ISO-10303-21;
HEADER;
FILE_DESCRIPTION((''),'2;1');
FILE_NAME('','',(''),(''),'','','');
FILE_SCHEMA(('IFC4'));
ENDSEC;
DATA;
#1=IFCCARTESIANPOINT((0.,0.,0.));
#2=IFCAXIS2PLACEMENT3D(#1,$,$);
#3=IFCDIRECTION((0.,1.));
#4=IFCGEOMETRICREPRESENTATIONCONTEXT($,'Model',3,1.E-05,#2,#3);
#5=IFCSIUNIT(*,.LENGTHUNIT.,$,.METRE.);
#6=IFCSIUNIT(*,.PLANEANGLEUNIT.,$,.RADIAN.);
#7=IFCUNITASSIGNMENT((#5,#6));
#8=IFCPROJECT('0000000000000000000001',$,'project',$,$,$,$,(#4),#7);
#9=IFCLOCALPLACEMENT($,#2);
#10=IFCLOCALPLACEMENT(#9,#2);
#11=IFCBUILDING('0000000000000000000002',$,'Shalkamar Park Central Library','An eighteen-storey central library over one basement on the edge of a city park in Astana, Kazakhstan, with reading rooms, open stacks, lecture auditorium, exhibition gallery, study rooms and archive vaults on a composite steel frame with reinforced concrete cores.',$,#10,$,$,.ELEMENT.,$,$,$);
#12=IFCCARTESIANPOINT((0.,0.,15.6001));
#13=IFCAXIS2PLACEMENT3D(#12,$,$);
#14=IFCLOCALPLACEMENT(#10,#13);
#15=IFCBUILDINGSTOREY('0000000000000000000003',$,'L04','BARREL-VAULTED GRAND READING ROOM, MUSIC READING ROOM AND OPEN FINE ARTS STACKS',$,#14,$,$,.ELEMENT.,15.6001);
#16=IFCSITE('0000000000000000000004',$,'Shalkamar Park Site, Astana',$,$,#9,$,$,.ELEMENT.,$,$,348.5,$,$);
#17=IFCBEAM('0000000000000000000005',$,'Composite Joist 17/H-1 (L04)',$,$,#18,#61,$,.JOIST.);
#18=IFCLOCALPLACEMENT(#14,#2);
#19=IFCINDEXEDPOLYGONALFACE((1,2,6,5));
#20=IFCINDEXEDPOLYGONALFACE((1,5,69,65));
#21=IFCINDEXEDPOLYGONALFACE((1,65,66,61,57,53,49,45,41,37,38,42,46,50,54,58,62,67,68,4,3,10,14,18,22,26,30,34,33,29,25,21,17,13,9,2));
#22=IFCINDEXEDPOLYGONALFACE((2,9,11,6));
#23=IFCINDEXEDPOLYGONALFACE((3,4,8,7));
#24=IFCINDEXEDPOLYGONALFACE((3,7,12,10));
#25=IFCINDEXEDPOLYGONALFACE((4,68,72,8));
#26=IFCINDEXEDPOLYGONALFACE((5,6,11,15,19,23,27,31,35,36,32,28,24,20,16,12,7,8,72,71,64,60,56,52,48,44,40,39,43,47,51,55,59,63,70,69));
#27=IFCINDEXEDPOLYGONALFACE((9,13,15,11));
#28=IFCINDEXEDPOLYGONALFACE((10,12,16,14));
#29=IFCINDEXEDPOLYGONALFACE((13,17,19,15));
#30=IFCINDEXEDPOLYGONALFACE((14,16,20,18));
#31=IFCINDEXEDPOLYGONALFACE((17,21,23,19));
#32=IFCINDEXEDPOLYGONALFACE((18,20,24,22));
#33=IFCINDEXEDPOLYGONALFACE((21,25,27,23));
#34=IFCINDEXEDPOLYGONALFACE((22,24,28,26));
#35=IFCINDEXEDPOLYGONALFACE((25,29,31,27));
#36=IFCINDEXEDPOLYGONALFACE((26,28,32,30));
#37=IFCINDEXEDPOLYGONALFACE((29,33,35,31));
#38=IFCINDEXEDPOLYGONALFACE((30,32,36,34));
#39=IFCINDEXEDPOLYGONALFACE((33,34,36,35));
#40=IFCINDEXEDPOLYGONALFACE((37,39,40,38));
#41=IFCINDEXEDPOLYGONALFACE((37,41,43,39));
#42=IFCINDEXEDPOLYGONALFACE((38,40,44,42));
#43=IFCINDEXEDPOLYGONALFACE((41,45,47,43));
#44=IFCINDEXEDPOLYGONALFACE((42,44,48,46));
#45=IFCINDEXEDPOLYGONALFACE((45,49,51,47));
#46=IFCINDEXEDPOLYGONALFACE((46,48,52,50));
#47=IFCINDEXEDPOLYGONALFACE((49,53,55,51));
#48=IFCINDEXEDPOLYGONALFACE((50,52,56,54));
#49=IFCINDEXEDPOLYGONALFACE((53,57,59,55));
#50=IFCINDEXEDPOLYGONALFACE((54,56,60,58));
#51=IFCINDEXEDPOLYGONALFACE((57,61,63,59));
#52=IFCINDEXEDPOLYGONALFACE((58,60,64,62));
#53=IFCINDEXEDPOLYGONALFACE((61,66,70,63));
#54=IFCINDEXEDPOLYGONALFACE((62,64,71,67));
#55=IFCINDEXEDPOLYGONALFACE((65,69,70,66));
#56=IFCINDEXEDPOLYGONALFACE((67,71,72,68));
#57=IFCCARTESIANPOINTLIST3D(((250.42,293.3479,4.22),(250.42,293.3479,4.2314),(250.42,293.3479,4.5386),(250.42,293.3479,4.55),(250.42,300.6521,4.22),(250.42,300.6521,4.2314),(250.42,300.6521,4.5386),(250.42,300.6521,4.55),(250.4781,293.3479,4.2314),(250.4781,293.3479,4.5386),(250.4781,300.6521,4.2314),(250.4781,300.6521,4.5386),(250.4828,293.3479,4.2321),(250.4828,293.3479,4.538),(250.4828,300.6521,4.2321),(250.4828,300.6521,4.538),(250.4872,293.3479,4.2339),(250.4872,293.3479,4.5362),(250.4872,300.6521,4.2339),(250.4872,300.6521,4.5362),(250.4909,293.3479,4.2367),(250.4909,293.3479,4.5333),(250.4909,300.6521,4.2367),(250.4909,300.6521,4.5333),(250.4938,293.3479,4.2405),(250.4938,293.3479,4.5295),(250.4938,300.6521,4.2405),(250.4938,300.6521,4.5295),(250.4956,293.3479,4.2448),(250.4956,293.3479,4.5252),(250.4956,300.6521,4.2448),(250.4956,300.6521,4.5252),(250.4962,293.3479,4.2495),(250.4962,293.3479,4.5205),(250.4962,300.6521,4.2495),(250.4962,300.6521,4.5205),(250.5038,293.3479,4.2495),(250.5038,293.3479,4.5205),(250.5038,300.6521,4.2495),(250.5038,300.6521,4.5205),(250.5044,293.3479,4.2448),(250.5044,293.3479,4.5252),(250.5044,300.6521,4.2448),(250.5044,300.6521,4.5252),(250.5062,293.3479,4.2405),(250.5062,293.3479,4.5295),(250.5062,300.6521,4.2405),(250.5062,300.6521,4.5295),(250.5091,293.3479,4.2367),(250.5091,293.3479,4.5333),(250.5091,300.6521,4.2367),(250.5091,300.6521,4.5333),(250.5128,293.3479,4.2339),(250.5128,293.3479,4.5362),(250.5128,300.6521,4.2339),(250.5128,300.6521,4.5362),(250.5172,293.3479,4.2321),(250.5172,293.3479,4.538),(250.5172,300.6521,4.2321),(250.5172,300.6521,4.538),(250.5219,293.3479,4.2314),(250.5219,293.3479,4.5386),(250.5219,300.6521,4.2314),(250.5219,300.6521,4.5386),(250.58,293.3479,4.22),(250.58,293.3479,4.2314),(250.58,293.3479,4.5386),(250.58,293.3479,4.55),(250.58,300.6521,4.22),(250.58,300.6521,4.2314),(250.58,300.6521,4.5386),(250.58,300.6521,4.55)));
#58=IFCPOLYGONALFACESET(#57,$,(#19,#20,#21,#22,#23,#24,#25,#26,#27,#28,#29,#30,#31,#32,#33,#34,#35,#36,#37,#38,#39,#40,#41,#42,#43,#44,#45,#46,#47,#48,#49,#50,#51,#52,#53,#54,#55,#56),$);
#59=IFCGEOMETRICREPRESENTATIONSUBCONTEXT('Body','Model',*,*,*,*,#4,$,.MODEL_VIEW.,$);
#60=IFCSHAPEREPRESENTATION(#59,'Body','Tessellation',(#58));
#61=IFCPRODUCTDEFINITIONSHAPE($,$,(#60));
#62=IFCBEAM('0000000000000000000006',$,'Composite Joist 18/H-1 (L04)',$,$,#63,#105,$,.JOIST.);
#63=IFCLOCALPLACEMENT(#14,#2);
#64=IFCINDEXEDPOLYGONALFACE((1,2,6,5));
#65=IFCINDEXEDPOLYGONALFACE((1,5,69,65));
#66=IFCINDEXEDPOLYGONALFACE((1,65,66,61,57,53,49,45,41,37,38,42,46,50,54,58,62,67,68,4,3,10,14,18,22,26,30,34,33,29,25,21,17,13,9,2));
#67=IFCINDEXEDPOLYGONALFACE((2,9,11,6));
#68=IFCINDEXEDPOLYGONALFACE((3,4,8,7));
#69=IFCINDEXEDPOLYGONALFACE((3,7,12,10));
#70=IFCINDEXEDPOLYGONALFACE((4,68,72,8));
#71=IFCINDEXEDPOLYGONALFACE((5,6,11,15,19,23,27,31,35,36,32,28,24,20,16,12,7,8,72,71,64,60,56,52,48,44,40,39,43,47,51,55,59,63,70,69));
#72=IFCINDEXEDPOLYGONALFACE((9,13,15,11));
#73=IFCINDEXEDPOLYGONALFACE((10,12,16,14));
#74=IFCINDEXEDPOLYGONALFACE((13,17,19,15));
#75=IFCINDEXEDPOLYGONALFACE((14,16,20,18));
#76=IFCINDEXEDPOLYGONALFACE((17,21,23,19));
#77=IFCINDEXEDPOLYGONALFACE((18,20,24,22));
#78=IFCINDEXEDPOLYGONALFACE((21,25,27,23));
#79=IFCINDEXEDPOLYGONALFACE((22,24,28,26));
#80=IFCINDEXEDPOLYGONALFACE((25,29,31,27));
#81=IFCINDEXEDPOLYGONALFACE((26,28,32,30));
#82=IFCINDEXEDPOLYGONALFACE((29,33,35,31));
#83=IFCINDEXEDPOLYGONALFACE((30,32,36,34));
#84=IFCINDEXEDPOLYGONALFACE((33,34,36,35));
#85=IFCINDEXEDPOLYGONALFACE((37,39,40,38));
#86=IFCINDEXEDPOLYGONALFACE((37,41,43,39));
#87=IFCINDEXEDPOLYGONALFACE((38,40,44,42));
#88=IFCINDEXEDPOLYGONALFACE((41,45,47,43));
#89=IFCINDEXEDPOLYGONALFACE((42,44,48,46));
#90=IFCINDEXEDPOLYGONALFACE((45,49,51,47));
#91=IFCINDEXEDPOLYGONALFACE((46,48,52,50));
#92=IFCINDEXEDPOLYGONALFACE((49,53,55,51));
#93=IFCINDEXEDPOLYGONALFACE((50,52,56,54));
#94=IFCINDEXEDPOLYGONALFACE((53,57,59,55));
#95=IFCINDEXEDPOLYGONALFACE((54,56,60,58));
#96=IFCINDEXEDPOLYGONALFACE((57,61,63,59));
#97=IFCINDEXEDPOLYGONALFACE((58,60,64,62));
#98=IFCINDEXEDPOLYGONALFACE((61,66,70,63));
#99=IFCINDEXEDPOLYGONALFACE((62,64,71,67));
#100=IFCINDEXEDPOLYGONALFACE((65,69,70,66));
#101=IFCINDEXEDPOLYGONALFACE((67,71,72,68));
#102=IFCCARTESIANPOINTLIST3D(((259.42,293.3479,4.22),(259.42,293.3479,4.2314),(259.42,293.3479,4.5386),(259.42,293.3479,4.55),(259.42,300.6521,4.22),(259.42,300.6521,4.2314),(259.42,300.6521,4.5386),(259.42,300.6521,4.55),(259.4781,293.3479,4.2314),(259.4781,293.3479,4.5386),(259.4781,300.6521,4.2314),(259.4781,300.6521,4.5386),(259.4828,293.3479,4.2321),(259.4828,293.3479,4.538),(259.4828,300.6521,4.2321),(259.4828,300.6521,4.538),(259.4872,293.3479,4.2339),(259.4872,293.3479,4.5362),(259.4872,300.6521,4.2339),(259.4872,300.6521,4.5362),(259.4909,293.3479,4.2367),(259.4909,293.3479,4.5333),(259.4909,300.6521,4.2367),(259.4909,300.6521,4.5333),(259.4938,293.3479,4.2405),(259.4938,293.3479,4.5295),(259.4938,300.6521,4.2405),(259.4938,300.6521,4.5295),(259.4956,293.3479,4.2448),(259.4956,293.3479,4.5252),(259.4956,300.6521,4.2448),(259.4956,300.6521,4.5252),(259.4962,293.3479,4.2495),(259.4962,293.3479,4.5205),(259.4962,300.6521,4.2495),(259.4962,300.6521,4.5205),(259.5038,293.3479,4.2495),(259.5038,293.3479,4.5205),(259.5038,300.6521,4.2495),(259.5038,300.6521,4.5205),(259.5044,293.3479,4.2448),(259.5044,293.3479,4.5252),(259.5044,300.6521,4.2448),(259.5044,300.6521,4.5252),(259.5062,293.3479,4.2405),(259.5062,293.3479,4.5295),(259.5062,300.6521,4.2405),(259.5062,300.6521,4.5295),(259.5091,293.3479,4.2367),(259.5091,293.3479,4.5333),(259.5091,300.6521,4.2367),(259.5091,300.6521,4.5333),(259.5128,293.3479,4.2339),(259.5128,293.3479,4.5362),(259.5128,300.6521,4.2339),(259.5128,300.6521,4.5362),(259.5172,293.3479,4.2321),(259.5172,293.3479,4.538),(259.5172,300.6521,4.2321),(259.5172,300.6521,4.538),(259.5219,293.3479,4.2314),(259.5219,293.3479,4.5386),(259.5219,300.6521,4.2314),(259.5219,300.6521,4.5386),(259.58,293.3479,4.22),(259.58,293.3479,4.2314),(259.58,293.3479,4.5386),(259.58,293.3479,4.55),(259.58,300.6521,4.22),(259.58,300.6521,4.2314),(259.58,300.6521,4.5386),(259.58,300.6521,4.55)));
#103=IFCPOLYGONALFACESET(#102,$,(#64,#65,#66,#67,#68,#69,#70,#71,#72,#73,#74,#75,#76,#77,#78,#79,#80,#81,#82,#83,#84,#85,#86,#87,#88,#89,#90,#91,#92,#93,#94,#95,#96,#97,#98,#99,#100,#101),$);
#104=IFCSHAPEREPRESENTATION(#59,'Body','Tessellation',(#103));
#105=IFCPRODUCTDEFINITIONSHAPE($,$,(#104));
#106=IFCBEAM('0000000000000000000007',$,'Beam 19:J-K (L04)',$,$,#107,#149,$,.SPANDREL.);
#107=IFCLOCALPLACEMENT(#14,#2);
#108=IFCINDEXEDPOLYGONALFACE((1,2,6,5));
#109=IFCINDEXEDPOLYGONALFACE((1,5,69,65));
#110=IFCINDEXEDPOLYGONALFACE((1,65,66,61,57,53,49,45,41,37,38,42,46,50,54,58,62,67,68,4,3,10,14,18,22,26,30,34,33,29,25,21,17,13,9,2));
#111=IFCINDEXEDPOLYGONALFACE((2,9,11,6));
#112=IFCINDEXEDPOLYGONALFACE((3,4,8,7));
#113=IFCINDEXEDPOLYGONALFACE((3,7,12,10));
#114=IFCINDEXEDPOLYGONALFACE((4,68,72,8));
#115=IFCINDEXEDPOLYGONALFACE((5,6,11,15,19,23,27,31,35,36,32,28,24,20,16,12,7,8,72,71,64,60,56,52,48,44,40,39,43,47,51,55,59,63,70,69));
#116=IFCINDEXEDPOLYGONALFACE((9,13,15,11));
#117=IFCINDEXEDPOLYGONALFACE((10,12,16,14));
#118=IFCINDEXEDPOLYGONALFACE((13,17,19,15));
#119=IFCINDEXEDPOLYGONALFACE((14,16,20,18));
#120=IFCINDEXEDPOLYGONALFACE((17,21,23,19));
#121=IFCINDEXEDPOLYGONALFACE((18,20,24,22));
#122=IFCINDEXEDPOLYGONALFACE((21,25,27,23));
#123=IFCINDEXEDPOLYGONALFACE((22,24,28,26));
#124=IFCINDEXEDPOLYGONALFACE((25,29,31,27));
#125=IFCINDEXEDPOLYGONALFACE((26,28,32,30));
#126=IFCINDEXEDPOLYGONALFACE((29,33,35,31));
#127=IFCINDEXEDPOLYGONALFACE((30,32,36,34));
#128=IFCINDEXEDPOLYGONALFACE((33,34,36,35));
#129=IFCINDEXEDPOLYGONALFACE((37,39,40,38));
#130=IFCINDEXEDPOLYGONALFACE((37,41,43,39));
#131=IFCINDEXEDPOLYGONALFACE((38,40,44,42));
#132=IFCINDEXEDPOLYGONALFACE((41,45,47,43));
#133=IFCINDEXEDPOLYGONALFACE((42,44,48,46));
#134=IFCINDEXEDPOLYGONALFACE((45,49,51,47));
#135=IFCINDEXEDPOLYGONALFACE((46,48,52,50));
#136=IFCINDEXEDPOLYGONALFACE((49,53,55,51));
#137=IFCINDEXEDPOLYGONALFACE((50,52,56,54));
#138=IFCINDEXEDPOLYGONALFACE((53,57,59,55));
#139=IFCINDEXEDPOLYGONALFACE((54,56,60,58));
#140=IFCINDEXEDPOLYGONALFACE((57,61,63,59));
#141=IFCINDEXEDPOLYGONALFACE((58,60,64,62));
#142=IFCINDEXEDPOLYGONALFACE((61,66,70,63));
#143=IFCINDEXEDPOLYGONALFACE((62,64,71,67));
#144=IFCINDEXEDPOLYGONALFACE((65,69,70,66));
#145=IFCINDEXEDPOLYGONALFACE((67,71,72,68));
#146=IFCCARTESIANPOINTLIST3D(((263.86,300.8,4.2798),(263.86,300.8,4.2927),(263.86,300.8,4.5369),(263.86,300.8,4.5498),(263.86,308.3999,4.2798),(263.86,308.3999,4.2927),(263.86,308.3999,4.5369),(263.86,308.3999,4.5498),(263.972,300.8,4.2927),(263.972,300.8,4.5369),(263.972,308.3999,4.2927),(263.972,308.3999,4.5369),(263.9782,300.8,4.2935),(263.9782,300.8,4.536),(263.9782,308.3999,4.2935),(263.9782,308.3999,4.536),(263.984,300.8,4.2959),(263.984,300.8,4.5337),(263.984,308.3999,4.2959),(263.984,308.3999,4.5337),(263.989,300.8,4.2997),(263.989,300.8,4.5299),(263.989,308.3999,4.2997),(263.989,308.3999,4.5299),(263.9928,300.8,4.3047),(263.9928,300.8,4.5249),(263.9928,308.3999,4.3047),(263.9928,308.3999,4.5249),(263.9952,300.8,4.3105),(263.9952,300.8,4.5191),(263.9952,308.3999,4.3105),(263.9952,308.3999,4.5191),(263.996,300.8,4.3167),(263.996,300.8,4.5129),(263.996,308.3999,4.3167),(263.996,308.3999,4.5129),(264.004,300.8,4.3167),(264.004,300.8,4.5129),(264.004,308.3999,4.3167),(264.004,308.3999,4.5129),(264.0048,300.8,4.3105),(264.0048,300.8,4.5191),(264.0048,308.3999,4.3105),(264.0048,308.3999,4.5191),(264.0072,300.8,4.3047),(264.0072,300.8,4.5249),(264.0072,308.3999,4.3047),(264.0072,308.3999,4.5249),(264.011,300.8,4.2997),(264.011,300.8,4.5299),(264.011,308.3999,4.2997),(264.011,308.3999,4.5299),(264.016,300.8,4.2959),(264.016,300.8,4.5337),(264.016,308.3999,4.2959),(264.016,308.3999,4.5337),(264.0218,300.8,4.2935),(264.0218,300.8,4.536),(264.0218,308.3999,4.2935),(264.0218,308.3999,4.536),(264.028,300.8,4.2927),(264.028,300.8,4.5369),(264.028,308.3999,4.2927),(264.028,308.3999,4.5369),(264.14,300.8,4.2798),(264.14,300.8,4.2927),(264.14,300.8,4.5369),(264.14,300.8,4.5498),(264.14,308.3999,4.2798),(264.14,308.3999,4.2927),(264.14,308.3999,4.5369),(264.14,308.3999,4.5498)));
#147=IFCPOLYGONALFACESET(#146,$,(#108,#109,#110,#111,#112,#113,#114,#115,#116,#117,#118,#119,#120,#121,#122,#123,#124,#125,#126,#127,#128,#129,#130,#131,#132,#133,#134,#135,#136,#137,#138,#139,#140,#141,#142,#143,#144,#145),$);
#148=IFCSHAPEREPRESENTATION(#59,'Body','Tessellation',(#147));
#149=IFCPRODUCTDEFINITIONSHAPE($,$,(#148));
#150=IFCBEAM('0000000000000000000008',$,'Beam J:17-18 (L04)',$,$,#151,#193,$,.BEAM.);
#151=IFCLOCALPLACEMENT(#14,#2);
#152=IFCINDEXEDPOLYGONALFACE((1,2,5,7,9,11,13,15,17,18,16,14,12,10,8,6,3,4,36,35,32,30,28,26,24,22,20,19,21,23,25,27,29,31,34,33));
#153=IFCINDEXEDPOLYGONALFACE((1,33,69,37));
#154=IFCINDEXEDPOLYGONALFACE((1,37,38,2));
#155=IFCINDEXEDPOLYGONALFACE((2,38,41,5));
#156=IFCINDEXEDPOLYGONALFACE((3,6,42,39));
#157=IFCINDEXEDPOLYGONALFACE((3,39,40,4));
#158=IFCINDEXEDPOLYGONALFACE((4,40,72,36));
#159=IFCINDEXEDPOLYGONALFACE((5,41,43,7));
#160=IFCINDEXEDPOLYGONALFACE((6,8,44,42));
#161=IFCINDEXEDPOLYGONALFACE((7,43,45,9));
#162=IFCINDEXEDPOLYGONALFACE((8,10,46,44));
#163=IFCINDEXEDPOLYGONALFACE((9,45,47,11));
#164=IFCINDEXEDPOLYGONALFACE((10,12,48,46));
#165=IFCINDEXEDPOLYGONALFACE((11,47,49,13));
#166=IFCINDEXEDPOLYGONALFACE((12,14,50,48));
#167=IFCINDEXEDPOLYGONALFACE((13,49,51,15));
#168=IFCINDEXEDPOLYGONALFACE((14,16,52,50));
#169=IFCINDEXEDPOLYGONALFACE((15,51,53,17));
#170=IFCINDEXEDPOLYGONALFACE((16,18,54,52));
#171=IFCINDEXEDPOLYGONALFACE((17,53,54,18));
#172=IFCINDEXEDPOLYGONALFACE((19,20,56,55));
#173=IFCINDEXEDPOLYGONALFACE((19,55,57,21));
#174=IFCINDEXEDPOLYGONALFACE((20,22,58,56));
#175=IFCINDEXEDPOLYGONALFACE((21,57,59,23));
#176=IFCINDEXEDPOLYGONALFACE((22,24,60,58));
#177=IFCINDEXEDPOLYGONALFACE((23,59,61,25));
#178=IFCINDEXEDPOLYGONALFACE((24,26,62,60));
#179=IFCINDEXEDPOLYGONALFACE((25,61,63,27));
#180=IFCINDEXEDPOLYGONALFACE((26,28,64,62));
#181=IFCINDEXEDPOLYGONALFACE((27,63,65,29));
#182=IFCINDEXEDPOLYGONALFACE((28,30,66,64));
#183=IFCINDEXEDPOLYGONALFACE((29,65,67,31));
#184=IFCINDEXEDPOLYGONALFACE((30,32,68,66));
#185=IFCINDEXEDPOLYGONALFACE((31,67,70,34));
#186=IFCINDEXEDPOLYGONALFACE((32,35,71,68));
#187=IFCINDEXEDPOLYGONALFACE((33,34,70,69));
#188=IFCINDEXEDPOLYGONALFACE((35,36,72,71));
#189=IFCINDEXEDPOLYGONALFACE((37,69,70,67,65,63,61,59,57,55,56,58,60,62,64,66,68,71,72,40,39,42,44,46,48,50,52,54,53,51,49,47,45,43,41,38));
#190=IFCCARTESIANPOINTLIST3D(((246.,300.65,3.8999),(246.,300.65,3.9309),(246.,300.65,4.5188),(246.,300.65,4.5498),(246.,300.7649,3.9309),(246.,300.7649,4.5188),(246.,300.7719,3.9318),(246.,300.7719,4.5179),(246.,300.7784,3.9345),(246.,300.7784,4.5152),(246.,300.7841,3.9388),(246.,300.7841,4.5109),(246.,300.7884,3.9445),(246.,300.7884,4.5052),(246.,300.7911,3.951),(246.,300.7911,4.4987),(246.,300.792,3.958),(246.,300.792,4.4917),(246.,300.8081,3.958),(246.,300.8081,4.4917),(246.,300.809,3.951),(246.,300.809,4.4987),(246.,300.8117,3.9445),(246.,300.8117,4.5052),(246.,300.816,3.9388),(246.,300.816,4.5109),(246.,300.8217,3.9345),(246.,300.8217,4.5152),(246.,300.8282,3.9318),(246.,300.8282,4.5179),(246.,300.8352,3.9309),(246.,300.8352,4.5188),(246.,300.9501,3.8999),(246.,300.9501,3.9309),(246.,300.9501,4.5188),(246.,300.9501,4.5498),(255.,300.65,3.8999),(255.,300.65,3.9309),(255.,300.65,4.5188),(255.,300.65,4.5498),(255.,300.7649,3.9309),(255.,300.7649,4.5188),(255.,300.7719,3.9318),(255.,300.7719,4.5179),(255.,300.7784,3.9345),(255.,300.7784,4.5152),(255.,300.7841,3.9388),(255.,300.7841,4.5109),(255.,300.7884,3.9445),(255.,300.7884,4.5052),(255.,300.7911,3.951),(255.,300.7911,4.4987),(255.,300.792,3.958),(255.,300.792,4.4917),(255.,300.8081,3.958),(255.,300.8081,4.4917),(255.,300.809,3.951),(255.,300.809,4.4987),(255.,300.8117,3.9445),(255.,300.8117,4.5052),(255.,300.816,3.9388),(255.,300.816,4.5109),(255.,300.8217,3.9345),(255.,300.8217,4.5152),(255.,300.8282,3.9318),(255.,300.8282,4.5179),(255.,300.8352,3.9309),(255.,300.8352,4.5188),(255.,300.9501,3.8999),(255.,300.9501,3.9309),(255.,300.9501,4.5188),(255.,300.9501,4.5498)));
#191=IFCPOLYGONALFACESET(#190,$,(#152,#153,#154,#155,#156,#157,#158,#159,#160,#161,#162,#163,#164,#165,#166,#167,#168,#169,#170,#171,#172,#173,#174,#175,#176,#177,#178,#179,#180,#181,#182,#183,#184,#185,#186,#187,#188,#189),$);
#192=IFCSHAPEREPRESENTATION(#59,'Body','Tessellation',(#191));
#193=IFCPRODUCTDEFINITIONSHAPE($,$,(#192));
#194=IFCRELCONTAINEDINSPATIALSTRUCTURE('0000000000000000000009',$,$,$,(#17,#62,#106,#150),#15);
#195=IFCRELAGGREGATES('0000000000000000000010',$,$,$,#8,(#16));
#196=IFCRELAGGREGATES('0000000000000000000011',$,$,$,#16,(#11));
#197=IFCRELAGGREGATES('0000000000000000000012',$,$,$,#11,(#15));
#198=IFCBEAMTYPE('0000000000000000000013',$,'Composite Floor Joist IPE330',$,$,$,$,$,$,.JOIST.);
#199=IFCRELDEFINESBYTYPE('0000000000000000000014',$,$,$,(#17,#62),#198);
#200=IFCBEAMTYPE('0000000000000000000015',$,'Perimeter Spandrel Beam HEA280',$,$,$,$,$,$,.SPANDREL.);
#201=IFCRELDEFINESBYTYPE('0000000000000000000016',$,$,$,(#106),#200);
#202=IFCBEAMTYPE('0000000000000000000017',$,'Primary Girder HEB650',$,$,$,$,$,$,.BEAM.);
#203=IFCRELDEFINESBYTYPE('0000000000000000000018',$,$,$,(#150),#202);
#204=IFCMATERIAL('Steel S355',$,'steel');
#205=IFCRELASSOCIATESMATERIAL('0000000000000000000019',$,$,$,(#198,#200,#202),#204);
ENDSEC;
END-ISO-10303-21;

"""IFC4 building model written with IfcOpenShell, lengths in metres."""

from ifc_helpers import new_model, si_unit, direction, frame, origin, origin_2d, place, context, subcontext, project, spatial, i_section, extrude, material, material_profile, profile_set, type_object, element, save


model = new_model("IFC4")

# Units and contexts
model_context = context("Model", 3, precision=1e-05, world=origin(), true_north=direction((0.0, 1.0)))
body_context = subcontext(model_context, "Body", "Model", "MODEL_VIEW")
ifc_project = project(units=[si_unit("LENGTHUNIT", "METRE"), si_unit("PLANEANGLEUNIT", "RADIAN")], contexts=[model_context])

# Site, building, storey
site_placement = place(None, origin())
site = spatial("IfcSite", under=ifc_project, at=site_placement, Name="Shalkamar Park Site, Astana", CompositionType="ELEMENT", RefElevation=348.5)
building_placement = place(site_placement, origin())
building = spatial("IfcBuilding", under=site, at=building_placement, Name="Shalkamar Park Central Library", Description="An eighteen-storey central library over one basement on the edge of a city park in Astana, Kazakhstan, with reading rooms, open stacks, lecture auditorium, exhibition gallery, study rooms and archive vaults on a composite steel frame with reinforced concrete cores.", CompositionType="ELEMENT")
storey_placement = place(building_placement, frame((0.0, 0.0, 15.6001)))
storey = spatial("IfcBuildingStorey", under=building, at=storey_placement, Name="L04", Description="BARREL-VAULTED GRAND READING ROOM, MUSIC READING ROOM AND OPEN FINE ARTS STACKS", CompositionType="ELEMENT", Elevation=15.6001)

# Shared definitions
ifc_material_1 = material(Name="Steel S355", Category="steel")

# Beams
ifc_material_profile_1 = material_profile(ifc_material_1, i_section(OverallWidth=0.1599, OverallDepth=0.3301, WebThickness=0.0076, FlangeThickness=0.0115, FilletRadius=0.0181, at=origin_2d()), Name="IPE 330")
ifc_profile_set_1 = profile_set([ifc_material_profile_1], Name="Steel S355")
beam_type_1 = type_object("IfcBeamType", Name="Composite Floor Joist IPE330", PredefinedType="JOIST", material=ifc_profile_set_1)
for number, where, z_axis, x_axis, name in (
    (1, (250.5, 293.3479, 4.385), (0.0, 1.0, 0.0), (-1.0, 0.0, 0.0), "Composite Joist 17/H-1 (L04)"),
    (2, (259.5, 293.3479, 4.385), (0.0, 1.0, 0.0), (-1.0, 0.0, 0.0), "Composite Joist 18/H-1 (L04)"),
):
    element("IfcBeam", number, at=place(storey_placement, frame(where, z_axis=z_axis, x_axis=x_axis)), inside=storey, type_object=beam_type_1, Name=name, PredefinedType="JOIST", context=body_context, shape_type="SweptSolid", body=[
        extrude(i_section(OverallWidth=0.1599, OverallDepth=0.3301, WebThickness=0.0076, FlangeThickness=0.0115, FilletRadius=0.0181, at=origin_2d()), origin(), (0.0, 0.0, 1.0), 7.3042),
    ])
ifc_material_profile_2 = material_profile(ifc_material_1, i_section(OverallWidth=0.28, OverallDepth=0.27, WebThickness=0.0081, FlangeThickness=0.0129, FilletRadius=0.0239, at=origin_2d()), Name="HEA 280")
ifc_profile_set_2 = profile_set([ifc_material_profile_2], Name="Steel S355")
beam_type_2 = type_object("IfcBeamType", Name="Perimeter Spandrel Beam HEA280", PredefinedType="SPANDREL", material=ifc_profile_set_2)
beam_1_placement = place(storey_placement, frame((264.0, 300.8, 4.4148), z_axis=(0.0, 1.0, 0.0), x_axis=(-1.0, 0.0, 0.0)))
element("IfcBeam", 3, at=beam_1_placement, inside=storey, type_object=beam_type_2, Name="Beam 19:J-K (L04)", PredefinedType="SPANDREL", context=body_context, shape_type="SweptSolid", body=[
    extrude(i_section(OverallWidth=0.28, OverallDepth=0.27, WebThickness=0.0081, FlangeThickness=0.0129, FilletRadius=0.0239, at=origin_2d()), origin(), (0.0, 0.0, 1.0), 7.5999),
])
ifc_material_profile_3 = material_profile(ifc_material_1, i_section(OverallWidth=0.3, OverallDepth=0.6499, WebThickness=0.0161, FlangeThickness=0.031, FilletRadius=0.0271, at=origin_2d()), Name="HEB 650")
ifc_profile_set_3 = profile_set([ifc_material_profile_3], Name="Steel S355")
beam_type_3 = type_object("IfcBeamType", Name="Primary Girder HEB650", PredefinedType="BEAM", material=ifc_profile_set_3)
for number, where, z_axis, x_axis, name in (
    (4, (246.0, 300.8, 4.2249), (1.0, 0.0, 0.0), (0.0, 1.0, 0.0), "Beam J:17-18 (L04)"),
):
    element("IfcBeam", number, at=place(storey_placement, frame(where, z_axis=z_axis, x_axis=x_axis)), inside=storey, type_object=beam_type_3, Name=name, PredefinedType="BEAM", context=body_context, shape_type="SweptSolid", body=[
        extrude(i_section(OverallWidth=0.3, OverallDepth=0.6499, WebThickness=0.0161, FlangeThickness=0.031, FilletRadius=0.0271, at=origin_2d()), origin(), (0.0, 0.0, 1.0), 9.0),
    ])

save(model, "model.ifc")
